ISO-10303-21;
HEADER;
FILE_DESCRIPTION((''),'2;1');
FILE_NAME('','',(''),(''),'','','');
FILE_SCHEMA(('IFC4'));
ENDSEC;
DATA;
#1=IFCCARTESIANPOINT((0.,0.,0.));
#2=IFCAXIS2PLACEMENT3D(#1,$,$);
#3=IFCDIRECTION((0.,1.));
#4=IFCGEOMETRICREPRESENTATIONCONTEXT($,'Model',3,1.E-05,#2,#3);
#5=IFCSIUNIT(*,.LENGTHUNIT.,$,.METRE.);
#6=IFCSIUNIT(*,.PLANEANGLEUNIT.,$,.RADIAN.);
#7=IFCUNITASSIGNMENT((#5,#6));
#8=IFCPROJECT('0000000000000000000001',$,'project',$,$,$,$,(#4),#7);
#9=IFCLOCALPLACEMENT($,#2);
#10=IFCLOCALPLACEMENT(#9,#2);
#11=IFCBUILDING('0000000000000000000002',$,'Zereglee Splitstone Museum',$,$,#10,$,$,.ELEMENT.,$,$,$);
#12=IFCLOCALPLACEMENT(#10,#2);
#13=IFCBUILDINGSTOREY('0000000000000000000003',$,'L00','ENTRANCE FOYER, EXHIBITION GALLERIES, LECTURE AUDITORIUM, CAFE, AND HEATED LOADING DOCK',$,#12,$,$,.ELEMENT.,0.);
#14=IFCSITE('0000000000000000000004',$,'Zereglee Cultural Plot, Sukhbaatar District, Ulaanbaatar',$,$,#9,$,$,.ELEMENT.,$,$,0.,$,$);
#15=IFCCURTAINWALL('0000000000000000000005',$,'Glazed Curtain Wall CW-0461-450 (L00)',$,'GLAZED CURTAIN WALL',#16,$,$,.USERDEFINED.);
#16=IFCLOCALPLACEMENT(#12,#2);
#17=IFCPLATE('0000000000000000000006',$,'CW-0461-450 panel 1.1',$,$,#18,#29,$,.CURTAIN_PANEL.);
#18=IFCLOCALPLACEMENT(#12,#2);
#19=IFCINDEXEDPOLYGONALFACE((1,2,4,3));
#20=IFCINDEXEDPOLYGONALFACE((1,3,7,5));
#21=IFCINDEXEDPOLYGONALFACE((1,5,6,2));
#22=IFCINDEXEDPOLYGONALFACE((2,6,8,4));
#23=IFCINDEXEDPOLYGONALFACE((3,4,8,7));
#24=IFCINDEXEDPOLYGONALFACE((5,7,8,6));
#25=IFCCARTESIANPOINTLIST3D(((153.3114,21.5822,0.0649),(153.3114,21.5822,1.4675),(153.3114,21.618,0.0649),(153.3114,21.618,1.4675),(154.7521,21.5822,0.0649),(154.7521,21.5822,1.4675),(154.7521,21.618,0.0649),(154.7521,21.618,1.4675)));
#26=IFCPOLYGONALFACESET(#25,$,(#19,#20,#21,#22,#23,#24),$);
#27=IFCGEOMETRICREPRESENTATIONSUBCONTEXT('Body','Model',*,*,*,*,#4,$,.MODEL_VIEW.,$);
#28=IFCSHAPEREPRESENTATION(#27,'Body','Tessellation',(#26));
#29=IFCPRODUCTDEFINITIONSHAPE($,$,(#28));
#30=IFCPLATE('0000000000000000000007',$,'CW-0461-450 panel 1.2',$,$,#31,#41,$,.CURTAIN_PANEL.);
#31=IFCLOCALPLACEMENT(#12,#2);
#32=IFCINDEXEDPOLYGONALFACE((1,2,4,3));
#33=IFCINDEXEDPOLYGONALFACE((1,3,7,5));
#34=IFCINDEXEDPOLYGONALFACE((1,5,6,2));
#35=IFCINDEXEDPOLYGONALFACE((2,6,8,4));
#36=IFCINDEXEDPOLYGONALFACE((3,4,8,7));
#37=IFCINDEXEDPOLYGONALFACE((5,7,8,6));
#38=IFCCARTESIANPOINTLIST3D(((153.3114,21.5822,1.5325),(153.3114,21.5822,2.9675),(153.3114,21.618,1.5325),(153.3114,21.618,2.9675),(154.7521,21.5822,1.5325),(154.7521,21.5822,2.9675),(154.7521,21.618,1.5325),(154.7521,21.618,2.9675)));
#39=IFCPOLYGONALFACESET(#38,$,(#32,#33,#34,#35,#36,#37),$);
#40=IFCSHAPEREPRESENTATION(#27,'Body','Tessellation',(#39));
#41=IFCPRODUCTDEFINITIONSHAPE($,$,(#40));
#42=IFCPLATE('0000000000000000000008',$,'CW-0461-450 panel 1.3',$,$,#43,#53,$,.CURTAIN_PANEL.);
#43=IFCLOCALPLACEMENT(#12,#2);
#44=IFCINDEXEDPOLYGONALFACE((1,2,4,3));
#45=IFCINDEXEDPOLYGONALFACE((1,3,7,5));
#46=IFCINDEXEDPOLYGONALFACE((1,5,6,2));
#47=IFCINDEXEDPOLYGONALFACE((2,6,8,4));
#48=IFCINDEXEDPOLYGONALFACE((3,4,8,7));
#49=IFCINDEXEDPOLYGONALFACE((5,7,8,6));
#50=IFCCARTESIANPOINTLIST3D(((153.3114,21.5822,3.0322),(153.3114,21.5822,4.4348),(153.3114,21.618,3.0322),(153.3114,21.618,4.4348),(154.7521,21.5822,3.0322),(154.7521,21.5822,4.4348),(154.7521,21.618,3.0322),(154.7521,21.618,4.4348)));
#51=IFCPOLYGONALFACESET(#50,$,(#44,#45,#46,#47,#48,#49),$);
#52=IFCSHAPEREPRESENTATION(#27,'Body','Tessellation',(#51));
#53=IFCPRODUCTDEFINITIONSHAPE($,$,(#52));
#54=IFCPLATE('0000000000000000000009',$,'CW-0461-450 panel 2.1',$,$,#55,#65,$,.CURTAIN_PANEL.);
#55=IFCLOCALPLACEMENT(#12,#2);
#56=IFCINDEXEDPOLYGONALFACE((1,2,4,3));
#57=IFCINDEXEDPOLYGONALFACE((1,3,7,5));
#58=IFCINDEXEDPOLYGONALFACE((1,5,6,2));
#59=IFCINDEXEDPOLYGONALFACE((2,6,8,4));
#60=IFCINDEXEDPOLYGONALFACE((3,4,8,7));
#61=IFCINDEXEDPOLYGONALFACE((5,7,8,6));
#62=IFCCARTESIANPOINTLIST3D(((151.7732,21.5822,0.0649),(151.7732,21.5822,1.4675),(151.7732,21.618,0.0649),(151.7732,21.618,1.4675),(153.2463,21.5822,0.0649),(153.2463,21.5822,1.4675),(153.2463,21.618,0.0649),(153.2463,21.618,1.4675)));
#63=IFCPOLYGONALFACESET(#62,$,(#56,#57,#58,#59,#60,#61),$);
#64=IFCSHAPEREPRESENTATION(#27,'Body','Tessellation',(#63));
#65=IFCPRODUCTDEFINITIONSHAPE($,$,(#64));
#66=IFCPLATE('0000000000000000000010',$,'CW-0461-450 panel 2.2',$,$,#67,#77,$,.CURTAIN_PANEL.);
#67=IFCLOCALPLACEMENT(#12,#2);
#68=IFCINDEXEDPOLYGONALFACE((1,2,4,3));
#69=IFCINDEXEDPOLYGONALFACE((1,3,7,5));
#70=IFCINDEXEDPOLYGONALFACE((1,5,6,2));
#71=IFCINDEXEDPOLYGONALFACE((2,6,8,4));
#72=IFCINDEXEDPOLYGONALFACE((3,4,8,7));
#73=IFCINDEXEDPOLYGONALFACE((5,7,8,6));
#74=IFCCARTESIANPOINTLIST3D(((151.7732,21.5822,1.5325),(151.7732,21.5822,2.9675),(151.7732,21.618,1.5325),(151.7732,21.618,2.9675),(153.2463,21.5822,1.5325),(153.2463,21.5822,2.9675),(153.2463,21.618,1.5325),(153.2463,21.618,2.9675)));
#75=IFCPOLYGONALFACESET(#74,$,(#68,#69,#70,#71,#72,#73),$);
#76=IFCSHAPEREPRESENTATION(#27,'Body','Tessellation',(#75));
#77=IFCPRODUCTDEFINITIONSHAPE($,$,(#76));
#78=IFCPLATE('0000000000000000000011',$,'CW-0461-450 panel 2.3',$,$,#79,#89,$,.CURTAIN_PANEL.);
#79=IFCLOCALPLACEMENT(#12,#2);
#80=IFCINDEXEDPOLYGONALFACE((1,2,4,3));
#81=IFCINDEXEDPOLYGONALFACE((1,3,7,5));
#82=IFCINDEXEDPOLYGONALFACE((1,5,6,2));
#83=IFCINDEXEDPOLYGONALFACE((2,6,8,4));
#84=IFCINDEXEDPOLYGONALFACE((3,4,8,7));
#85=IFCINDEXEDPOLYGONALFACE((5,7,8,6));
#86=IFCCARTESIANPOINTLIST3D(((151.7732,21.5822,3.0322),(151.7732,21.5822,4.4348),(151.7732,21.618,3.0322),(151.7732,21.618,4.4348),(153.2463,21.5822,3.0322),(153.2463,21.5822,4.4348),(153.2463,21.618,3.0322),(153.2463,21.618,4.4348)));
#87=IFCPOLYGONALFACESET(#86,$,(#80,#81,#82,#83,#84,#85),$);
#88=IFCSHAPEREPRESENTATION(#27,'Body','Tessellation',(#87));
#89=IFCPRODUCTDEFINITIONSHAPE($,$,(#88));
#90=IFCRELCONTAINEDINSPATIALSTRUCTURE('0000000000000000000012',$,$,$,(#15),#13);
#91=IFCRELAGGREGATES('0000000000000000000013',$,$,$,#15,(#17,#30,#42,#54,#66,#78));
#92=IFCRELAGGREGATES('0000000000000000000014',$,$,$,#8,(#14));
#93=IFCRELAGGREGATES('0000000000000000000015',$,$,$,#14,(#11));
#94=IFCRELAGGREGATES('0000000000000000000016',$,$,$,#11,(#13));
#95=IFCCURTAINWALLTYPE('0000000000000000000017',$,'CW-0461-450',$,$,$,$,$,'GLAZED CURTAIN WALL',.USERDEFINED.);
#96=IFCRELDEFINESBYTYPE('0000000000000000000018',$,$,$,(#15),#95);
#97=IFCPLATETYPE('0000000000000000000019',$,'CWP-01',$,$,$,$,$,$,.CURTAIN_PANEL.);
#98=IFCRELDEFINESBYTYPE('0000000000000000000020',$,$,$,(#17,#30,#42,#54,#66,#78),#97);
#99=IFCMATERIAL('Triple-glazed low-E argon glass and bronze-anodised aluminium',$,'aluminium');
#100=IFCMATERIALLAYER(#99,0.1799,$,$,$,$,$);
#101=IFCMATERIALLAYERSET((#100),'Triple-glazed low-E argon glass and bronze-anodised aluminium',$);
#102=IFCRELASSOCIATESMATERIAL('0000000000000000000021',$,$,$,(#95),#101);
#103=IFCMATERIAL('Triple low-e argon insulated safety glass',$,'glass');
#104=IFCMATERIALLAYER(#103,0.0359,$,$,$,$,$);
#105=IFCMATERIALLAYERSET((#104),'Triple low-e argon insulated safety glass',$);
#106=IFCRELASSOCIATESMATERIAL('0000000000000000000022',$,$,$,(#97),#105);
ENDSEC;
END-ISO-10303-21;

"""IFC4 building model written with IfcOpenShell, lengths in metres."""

from ifc_helpers import new_model, si_unit, direction, frame, origin, origin_2d, place, context, subcontext, project, spatial, rectangle, extrude, material, layer, layer_set, type_object, element, aggregate, save


model = new_model("IFC4")

# Units and contexts
model_context = context("Model", 3, precision=1e-05, world=origin(), true_north=direction((0.0, 1.0)))
body_context = subcontext(model_context, "Body", "Model", "MODEL_VIEW")
ifc_project = project(units=[si_unit("LENGTHUNIT", "METRE"), si_unit("PLANEANGLEUNIT", "RADIAN")], contexts=[model_context])

# Site, building, storey
site_placement = place(None, origin())
site = spatial("IfcSite", under=ifc_project, at=site_placement, Name="Zereglee Cultural Plot, Sukhbaatar District, Ulaanbaatar", CompositionType="ELEMENT", RefElevation=0.0)
building_placement = place(site_placement, origin())
building = spatial("IfcBuilding", under=site, at=building_placement, Name="Zereglee Splitstone Museum", CompositionType="ELEMENT")
storey_placement = place(building_placement, origin())
storey = spatial("IfcBuildingStorey", under=building, at=storey_placement, Name="L00", Description="ENTRANCE FOYER, EXHIBITION GALLERIES, LECTURE AUDITORIUM, CAFE, AND HEATED LOADING DOCK", CompositionType="ELEMENT", Elevation=0.0)

# Shared definitions
ifc_material_1 = material(Name="Triple-glazed low-E argon glass and bronze-anodised aluminium", Category="aluminium")

# Curtain wall
ifc_layer_1 = layer(ifc_material_1, 0.1799)
ifc_layer_set_1 = layer_set([ifc_layer_1], Name="Triple-glazed low-E argon glass and bronze-anodised aluminium")
curtain_wall_type_1 = type_object("IfcCurtainWallType", Name="CW-0461-450", ElementType="GLAZED CURTAIN WALL", PredefinedType="USERDEFINED", material=ifc_layer_set_1)
curtain_wall_1_placement = place(storey_placement, origin())
curtain_wall_1 = element("IfcCurtainWall", 1, at=curtain_wall_1_placement, inside=storey, type_object=curtain_wall_type_1, Name="Glazed Curtain Wall CW-0461-450 (L00)", ObjectType="GLAZED CURTAIN WALL", PredefinedType="USERDEFINED")

# Plates
ifc_material_2 = material(Name="Triple low-e argon insulated safety glass", Category="glass")
ifc_layer_2 = layer(ifc_material_2, 0.0359)
ifc_layer_set_2 = layer_set([ifc_layer_2], Name="Triple low-e argon insulated safety glass")
plate_type = type_object("IfcPlateType", Name="CWP-01", PredefinedType="CURTAIN_PANEL", material=ifc_layer_set_2)
plate_1_placement = place(storey_placement, frame((154.0317, 21.6001, 0.0649), z_axis=(0.0, 0.0, 1.0), x_axis=(-1.0, 0.0, 0.0)))
plate_1 = element("IfcPlate", 2, at=plate_1_placement, type_object=plate_type, Name="CW-0461-450 panel 1.1", PredefinedType="CURTAIN_PANEL", context=body_context, shape_type="SweptSolid", body=[
    extrude(rectangle(XDim=1.4407, YDim=0.0359, at=origin_2d()), origin(), (0.0, 0.0, 1.0), 1.4026),
])
plate_2_placement = place(storey_placement, frame((154.0317, 21.6001, 1.5325), z_axis=(0.0, 0.0, 1.0), x_axis=(-1.0, 0.0, 0.0)))
plate_2 = element("IfcPlate", 3, at=plate_2_placement, type_object=plate_type, Name="CW-0461-450 panel 1.2", PredefinedType="CURTAIN_PANEL", context=body_context, shape_type="SweptSolid", body=[
    extrude(rectangle(XDim=1.4407, YDim=0.0359, at=origin_2d()), origin(), (0.0, 0.0, 1.0), 1.4351),
])
plate_3_placement = place(storey_placement, frame((154.0317, 21.6001, 3.0322), z_axis=(0.0, 0.0, 1.0), x_axis=(-1.0, 0.0, 0.0)))
plate_3 = element("IfcPlate", 4, at=plate_3_placement, type_object=plate_type, Name="CW-0461-450 panel 1.3", PredefinedType="CURTAIN_PANEL", context=body_context, shape_type="SweptSolid", body=[
    extrude(rectangle(XDim=1.4407, YDim=0.0359, at=origin_2d()), origin(), (0.0, 0.0, 1.0), 1.4026),
])
plate_4_placement = place(storey_placement, frame((152.5098, 21.6001, 0.0649), z_axis=(0.0, 0.0, 1.0), x_axis=(-1.0, 0.0, 0.0)))
plate_4 = element("IfcPlate", 5, at=plate_4_placement, type_object=plate_type, Name="CW-0461-450 panel 2.1", PredefinedType="CURTAIN_PANEL", context=body_context, shape_type="SweptSolid", body=[
    extrude(rectangle(XDim=1.4731, YDim=0.0359, at=origin_2d()), origin(), (0.0, 0.0, 1.0), 1.4026),
])
plate_5_placement = place(storey_placement, frame((152.5098, 21.6001, 1.5325), z_axis=(0.0, 0.0, 1.0), x_axis=(-1.0, 0.0, 0.0)))
plate_5 = element("IfcPlate", 6, at=plate_5_placement, type_object=plate_type, Name="CW-0461-450 panel 2.2", PredefinedType="CURTAIN_PANEL", context=body_context, shape_type="SweptSolid", body=[
    extrude(rectangle(XDim=1.4731, YDim=0.0359, at=origin_2d()), origin(), (0.0, 0.0, 1.0), 1.4351),
])
plate_6_placement = place(storey_placement, frame((152.5098, 21.6001, 3.0322), z_axis=(0.0, 0.0, 1.0), x_axis=(-1.0, 0.0, 0.0)))
plate_6 = element("IfcPlate", 7, at=plate_6_placement, type_object=plate_type, Name="CW-0461-450 panel 2.3", PredefinedType="CURTAIN_PANEL", context=body_context, shape_type="SweptSolid", body=[
    extrude(rectangle(XDim=1.4731, YDim=0.0359, at=origin_2d()), origin(), (0.0, 0.0, 1.0), 1.4026),
])
aggregate(curtain_wall_1, [plate_1, plate_2, plate_3, plate_4, plate_5, plate_6])

save(model, "model.ifc")
